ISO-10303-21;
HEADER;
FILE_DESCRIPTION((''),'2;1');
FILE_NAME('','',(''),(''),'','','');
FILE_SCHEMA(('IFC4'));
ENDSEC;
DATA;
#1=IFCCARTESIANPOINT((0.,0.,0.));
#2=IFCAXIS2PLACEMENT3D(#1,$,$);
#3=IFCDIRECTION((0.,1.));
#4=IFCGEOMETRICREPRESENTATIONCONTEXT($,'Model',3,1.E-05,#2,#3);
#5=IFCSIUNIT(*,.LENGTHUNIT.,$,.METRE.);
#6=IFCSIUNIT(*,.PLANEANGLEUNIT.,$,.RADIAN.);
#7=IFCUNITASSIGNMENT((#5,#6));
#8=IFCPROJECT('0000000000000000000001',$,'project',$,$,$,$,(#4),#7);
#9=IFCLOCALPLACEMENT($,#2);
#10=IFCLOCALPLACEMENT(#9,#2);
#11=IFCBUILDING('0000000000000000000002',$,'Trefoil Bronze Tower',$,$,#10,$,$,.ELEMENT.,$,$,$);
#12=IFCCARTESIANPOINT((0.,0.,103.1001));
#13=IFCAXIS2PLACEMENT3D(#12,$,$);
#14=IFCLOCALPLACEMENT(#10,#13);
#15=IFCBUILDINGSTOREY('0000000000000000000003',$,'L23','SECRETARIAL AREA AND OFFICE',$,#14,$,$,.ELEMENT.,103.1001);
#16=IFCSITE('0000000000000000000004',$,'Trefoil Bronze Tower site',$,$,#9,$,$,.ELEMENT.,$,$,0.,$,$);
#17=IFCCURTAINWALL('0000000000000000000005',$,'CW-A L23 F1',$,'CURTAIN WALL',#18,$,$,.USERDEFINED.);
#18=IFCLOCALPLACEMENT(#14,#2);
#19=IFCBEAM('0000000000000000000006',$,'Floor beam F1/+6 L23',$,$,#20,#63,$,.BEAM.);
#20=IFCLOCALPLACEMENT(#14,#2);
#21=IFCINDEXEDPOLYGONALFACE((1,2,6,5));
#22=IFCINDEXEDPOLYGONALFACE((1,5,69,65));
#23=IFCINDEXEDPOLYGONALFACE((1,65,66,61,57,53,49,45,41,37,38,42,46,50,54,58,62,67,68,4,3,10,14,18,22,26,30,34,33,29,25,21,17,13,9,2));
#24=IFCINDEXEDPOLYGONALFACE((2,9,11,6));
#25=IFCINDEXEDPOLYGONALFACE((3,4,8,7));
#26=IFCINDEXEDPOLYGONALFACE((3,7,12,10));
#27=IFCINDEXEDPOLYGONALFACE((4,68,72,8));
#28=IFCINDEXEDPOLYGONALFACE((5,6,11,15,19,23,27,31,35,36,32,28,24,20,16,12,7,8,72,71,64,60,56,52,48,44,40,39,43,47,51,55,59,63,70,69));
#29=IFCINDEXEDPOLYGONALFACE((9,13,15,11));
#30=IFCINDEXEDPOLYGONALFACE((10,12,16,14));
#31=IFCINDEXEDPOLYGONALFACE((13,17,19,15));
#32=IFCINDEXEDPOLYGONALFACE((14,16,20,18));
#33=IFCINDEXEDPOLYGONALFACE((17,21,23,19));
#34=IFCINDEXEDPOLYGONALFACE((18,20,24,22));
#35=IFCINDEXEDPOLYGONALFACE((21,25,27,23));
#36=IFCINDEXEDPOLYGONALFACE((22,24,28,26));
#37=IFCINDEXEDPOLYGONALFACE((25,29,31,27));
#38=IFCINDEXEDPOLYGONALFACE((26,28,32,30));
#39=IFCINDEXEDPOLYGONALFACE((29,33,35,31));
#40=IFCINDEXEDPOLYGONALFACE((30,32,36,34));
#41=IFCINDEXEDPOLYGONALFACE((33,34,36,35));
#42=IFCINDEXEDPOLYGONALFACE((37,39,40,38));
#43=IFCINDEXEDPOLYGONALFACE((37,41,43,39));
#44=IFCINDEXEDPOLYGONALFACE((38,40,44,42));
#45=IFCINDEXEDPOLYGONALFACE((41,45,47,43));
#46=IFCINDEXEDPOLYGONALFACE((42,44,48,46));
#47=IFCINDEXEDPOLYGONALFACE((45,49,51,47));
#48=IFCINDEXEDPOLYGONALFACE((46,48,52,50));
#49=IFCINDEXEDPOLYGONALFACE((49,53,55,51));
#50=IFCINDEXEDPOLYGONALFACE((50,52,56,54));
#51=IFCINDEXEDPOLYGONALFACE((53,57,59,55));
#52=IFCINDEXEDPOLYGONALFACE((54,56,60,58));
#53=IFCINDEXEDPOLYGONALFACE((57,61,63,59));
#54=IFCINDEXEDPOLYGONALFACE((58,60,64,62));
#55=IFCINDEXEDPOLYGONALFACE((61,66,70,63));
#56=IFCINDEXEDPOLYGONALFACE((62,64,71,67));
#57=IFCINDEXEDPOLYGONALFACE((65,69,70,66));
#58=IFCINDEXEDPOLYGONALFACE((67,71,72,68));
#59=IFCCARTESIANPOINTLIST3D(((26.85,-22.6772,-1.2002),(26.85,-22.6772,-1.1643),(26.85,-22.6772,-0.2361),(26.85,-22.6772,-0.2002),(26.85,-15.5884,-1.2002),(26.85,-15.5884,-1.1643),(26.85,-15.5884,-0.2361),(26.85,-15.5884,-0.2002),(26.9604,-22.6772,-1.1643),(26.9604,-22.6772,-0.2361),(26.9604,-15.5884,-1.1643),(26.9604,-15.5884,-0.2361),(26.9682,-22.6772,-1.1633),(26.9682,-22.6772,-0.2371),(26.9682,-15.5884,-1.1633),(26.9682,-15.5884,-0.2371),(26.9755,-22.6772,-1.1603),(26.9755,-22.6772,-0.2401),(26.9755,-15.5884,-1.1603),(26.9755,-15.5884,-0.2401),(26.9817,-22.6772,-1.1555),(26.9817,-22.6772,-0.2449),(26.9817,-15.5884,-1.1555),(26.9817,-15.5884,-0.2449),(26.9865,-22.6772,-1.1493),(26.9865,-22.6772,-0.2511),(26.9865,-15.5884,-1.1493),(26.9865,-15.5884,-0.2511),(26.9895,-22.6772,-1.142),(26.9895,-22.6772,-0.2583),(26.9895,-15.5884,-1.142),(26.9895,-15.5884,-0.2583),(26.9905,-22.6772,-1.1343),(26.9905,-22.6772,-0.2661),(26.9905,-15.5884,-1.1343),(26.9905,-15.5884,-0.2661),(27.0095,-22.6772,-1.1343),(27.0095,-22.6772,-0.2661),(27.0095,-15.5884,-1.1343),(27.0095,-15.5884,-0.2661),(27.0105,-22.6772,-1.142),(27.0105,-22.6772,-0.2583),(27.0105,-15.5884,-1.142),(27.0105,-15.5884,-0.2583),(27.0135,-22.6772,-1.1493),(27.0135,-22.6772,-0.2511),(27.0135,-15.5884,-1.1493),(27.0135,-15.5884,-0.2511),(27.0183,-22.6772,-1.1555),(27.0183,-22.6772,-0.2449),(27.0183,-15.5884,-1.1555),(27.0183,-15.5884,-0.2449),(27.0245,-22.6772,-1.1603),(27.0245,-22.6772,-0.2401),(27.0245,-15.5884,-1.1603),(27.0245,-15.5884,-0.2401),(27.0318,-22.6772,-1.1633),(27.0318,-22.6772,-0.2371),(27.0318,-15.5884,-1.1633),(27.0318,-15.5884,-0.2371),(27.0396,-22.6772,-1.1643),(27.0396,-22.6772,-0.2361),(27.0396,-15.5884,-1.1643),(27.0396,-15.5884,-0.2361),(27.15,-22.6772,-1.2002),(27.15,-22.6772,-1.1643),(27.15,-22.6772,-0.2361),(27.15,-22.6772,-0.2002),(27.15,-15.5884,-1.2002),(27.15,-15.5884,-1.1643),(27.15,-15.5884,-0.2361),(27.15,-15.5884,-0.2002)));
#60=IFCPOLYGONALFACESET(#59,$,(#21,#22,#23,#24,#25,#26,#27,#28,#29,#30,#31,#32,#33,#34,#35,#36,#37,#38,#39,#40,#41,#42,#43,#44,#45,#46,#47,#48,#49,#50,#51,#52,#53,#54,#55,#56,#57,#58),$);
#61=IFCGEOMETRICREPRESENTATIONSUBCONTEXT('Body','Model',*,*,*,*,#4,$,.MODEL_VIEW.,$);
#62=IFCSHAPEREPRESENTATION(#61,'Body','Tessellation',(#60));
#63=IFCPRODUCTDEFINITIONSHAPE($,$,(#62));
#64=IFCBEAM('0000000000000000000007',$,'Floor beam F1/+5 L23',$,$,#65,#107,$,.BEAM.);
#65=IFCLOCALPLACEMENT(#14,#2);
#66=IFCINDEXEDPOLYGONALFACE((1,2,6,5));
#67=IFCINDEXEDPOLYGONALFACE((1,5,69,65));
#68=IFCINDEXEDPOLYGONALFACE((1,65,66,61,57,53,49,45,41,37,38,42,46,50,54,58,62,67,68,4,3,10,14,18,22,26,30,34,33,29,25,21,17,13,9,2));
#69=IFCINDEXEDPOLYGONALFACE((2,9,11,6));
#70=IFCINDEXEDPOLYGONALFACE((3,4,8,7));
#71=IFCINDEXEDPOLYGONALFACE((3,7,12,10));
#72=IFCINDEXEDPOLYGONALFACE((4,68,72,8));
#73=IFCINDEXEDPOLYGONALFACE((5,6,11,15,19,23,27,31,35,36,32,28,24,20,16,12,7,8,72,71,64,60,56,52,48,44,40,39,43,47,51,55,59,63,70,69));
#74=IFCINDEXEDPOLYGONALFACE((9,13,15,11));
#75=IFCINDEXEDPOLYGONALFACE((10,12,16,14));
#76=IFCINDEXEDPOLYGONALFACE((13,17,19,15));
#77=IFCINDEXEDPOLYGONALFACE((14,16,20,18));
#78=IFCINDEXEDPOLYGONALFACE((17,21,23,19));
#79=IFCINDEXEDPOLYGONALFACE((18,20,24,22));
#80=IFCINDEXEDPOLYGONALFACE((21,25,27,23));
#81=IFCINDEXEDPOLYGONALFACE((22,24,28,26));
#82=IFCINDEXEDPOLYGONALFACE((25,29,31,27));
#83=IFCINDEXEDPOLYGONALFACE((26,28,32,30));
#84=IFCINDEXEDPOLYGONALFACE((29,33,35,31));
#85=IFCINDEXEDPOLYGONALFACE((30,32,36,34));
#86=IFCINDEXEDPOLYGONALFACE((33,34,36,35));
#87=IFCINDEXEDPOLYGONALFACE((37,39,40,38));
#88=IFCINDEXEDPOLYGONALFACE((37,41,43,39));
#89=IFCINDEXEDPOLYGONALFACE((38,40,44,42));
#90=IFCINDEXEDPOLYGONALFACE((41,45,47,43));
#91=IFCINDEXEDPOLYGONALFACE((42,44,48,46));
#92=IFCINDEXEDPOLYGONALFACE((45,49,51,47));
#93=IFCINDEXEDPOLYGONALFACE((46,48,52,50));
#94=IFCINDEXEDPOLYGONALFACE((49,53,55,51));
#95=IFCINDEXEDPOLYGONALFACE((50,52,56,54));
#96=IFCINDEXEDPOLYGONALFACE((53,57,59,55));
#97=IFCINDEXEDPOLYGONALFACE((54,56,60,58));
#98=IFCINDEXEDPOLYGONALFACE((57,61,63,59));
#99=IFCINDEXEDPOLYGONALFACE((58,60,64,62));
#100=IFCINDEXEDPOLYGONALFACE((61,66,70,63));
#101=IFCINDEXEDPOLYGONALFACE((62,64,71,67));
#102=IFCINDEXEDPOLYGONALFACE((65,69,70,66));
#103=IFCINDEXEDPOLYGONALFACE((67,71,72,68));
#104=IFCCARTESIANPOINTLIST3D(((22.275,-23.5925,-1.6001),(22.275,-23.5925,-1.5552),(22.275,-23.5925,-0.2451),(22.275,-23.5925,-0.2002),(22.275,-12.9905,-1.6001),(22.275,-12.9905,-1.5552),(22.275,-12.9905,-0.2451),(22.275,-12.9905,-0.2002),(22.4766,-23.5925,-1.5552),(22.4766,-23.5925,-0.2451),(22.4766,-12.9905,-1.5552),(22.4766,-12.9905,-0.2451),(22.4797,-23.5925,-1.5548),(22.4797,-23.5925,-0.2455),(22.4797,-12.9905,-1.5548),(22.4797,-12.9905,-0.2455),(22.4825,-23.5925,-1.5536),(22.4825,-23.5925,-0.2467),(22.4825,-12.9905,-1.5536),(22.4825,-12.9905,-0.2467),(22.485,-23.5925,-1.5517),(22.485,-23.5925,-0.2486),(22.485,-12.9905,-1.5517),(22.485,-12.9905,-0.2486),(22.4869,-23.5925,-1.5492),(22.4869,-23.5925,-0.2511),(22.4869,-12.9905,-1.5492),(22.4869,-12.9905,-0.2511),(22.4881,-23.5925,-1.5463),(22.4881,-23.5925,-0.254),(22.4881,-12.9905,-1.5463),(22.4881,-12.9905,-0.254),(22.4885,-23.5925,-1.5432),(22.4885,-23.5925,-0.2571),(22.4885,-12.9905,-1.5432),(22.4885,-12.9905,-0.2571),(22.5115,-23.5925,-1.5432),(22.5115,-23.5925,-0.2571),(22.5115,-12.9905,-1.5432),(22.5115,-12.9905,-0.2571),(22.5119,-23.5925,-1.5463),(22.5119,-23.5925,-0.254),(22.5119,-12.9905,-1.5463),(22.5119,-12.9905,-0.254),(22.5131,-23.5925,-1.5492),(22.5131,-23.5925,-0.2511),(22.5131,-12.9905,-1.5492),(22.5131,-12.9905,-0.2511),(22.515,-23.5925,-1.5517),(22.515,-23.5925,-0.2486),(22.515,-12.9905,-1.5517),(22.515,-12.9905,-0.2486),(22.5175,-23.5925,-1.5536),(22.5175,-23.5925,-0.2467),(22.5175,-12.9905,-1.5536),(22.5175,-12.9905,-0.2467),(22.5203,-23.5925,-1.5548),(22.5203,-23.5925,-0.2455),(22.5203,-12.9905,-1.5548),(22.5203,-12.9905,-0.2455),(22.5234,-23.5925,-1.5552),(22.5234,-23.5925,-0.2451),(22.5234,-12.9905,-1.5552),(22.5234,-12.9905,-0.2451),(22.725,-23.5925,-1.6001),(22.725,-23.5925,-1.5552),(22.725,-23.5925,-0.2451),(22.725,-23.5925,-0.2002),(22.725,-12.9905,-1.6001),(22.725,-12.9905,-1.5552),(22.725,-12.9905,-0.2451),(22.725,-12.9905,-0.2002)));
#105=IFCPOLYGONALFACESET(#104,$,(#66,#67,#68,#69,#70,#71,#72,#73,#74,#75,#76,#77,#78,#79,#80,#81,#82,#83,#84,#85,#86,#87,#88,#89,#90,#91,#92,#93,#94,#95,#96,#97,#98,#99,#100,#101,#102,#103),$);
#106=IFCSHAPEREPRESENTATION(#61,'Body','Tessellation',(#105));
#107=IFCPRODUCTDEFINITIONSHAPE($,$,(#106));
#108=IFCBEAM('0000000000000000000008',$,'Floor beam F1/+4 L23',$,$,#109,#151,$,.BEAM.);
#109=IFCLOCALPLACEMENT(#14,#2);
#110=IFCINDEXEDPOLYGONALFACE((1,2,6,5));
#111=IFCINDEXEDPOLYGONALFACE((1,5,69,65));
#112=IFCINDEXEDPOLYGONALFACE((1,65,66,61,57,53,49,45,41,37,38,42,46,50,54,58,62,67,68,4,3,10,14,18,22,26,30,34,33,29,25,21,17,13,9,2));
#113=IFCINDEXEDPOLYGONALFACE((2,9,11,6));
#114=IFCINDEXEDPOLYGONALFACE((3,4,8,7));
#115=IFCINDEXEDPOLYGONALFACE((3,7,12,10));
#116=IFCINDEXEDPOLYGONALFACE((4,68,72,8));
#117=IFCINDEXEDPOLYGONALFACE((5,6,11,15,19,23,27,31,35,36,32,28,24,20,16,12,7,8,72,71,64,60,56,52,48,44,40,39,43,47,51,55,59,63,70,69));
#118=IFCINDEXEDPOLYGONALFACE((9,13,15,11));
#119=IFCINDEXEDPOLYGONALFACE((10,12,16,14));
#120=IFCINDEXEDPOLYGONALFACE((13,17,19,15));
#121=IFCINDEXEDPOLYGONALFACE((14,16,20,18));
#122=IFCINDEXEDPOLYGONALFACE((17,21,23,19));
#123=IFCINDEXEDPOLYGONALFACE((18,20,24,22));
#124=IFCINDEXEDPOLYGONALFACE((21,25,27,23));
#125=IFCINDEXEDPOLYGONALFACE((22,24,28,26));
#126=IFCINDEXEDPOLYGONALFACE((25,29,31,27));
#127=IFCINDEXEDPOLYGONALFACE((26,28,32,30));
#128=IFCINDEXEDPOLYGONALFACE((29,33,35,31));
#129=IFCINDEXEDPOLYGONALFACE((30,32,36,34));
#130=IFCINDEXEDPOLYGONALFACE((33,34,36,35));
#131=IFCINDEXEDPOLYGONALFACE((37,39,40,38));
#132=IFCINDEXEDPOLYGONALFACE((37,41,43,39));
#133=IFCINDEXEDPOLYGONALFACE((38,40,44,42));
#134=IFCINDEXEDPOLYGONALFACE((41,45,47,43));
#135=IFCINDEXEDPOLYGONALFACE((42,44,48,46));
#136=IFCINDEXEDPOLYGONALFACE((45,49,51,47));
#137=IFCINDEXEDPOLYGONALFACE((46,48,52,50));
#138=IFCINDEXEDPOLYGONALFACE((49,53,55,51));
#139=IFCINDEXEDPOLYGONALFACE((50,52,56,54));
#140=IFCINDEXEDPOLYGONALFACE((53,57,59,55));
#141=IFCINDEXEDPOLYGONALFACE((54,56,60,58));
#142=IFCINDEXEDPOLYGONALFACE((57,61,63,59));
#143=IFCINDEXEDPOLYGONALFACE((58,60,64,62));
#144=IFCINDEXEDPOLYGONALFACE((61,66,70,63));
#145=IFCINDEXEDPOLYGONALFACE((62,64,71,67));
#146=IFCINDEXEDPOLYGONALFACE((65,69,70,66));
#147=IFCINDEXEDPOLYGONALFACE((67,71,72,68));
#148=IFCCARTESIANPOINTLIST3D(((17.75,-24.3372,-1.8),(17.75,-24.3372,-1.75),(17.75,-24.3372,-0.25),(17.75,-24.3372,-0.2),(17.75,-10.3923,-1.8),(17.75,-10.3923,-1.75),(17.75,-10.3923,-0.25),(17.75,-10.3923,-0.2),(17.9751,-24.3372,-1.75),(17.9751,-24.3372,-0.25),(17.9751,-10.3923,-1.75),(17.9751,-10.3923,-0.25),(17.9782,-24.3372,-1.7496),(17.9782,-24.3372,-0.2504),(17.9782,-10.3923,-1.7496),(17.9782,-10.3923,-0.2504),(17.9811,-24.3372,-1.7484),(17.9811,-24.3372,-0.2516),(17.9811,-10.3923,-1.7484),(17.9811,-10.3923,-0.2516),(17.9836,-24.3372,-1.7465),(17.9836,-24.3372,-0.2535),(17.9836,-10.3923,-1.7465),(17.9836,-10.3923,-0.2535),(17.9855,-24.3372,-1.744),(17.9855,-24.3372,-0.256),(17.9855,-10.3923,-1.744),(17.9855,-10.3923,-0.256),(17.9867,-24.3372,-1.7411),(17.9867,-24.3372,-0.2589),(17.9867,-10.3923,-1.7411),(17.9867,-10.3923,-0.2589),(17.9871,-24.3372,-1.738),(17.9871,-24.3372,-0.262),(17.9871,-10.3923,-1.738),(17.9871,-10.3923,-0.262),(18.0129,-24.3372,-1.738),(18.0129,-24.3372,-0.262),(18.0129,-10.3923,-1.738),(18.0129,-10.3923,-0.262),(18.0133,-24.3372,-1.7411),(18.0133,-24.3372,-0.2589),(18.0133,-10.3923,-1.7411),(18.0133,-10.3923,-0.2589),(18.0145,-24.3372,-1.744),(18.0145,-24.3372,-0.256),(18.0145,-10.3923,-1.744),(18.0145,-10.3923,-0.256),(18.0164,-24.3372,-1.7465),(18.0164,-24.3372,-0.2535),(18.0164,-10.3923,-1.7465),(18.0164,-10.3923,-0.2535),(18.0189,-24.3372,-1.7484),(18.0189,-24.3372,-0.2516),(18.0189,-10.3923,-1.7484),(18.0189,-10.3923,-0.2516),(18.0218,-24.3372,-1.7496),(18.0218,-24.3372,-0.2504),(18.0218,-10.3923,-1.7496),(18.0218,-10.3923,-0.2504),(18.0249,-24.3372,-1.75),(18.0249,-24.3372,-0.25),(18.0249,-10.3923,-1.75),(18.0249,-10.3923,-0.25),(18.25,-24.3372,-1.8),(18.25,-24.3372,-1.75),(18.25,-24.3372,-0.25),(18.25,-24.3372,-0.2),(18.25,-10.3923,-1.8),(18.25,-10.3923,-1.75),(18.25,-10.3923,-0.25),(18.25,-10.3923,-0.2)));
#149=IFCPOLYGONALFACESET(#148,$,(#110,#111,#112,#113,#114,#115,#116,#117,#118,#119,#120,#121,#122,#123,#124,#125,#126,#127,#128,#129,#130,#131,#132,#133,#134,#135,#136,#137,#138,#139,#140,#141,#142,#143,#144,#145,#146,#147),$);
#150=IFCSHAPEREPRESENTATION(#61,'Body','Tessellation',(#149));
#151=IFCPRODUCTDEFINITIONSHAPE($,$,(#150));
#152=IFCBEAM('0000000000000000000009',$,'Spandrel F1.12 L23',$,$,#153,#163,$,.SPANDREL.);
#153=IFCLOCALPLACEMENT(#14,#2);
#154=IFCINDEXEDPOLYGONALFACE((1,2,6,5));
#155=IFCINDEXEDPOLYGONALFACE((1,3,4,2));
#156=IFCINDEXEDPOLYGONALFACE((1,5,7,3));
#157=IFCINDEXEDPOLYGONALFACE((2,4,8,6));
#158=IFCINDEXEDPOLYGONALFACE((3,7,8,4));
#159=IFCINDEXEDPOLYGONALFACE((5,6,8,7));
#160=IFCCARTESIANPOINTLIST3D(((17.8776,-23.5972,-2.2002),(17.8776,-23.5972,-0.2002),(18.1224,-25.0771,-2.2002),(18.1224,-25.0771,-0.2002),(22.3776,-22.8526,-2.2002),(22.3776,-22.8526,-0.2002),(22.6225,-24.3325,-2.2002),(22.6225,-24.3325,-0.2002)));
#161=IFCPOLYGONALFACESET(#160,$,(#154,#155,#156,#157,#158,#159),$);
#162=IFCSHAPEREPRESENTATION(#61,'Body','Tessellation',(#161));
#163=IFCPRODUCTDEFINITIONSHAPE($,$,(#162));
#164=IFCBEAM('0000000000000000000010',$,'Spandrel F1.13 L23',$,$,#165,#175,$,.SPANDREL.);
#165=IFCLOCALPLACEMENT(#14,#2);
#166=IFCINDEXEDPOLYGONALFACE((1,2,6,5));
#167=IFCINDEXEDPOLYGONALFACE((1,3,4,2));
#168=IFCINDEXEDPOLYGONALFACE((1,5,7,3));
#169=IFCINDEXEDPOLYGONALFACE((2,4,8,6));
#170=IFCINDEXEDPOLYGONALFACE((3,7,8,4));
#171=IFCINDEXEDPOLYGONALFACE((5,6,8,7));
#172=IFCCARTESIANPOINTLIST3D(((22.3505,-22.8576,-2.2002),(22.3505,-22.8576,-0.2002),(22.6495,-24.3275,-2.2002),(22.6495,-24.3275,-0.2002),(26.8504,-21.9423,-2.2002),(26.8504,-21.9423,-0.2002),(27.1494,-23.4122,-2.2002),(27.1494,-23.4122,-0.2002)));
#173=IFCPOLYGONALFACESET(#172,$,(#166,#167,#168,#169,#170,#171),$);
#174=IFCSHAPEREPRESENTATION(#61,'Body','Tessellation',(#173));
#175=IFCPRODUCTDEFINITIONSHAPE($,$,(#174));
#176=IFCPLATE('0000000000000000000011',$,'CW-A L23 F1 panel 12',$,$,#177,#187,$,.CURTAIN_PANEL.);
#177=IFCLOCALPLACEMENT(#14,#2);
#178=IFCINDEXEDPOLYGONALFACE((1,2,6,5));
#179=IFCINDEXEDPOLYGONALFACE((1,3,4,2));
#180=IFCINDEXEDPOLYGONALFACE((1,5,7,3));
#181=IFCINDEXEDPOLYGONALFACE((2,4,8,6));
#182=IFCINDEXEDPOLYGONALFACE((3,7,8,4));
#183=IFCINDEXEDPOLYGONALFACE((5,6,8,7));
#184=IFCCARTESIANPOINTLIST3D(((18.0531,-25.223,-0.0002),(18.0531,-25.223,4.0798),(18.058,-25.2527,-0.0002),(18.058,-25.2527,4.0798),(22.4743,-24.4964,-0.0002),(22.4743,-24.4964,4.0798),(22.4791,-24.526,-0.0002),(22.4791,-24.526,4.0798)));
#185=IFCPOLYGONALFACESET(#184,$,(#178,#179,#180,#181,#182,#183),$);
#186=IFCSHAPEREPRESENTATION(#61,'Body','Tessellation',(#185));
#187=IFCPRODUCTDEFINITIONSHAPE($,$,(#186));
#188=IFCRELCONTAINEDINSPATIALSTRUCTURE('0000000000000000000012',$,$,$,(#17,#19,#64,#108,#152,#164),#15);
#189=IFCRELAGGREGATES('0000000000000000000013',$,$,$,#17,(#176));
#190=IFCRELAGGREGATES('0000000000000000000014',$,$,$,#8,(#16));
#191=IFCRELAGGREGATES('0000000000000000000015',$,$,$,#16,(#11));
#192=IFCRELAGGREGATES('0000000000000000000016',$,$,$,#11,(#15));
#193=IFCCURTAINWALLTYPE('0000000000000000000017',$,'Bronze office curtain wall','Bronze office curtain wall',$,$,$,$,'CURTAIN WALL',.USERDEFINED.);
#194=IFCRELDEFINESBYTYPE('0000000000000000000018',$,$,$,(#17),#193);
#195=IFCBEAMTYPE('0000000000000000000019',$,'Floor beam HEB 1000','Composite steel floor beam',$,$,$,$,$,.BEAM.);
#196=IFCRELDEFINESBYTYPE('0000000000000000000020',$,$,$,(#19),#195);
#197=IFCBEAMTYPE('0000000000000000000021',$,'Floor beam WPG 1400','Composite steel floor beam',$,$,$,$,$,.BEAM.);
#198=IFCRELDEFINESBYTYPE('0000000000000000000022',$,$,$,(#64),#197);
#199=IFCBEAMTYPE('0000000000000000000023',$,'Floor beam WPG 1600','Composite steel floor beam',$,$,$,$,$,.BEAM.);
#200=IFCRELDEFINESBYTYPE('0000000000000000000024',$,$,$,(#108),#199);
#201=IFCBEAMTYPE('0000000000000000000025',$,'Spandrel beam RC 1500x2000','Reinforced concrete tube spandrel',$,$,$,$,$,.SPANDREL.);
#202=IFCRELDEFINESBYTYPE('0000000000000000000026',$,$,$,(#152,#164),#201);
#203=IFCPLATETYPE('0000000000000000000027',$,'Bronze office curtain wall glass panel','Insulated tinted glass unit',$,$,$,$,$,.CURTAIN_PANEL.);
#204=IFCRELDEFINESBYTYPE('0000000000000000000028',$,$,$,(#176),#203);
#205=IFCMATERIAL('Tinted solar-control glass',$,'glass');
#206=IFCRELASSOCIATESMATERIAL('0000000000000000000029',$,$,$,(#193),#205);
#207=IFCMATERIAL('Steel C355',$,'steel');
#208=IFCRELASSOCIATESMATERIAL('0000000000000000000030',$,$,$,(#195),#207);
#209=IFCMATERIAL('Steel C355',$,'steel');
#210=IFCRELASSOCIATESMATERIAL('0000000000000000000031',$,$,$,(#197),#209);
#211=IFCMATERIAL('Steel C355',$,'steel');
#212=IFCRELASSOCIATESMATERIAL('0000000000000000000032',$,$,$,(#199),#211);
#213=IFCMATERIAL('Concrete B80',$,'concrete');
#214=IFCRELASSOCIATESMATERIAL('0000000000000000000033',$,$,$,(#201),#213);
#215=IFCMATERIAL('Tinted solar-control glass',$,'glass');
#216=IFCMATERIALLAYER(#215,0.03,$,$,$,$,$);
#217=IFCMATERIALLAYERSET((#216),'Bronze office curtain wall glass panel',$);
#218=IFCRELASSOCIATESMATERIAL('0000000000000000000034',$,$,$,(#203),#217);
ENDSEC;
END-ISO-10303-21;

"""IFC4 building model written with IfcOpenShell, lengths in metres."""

from ifc_helpers import new_model, si_unit, direction, frame, origin, origin_2d, place, context, subcontext, project, spatial, rectangle, i_section, extrude, material, layer, layer_set, material_profile, profile_set, type_object, element, aggregate, save


model = new_model("IFC4")

# Units and contexts
model_context = context("Model", 3, precision=1e-05, world=origin(), true_north=direction((0.0, 1.0)))
body_context = subcontext(model_context, "Body", "Model", "MODEL_VIEW")
ifc_project = project(units=[si_unit("LENGTHUNIT", "METRE"), si_unit("PLANEANGLEUNIT", "RADIAN")], contexts=[model_context])

# Site, building, storey
site_placement = place(None, origin())
site = spatial("IfcSite", under=ifc_project, at=site_placement, Name="Trefoil Bronze Tower site", CompositionType="ELEMENT", RefElevation=0.0)
building_placement = place(site_placement, origin())
building = spatial("IfcBuilding", under=site, at=building_placement, Name="Trefoil Bronze Tower", CompositionType="ELEMENT")
storey_placement = place(building_placement, frame((0.0, 0.0, 103.1001)))
storey = spatial("IfcBuildingStorey", under=building, at=storey_placement, Name="L23", Description="SECRETARIAL AREA AND OFFICE", CompositionType="ELEMENT", Elevation=103.1001)

# Curtain wall
ifc_material_1 = material(Name="Tinted solar-control glass", Category="glass")
curtain_wall_type_1 = type_object("IfcCurtainWallType", Name="Bronze office curtain wall", Description="Bronze office curtain wall", ElementType="CURTAIN WALL", PredefinedType="USERDEFINED", material=ifc_material_1)
curtain_wall_1_placement = place(storey_placement, origin())
curtain_wall_1 = element("IfcCurtainWall", 1, at=curtain_wall_1_placement, inside=storey, type_object=curtain_wall_type_1, Name="CW-A L23 F1", ObjectType="CURTAIN WALL", PredefinedType="USERDEFINED")

# Beams
ifc_material_2 = material(Name="Steel C355", Category="steel")
ifc_material_profile_1 = material_profile(ifc_material_2, i_section(OverallWidth=0.3, OverallDepth=1.0, WebThickness=0.019, FlangeThickness=0.0359, FilletRadius=0.03, at=origin_2d()), Name="HEB 1000")
ifc_profile_set_1 = profile_set([ifc_material_profile_1], Name="Steel C355")
beam_type_1 = type_object("IfcBeamType", Name="Floor beam HEB 1000", Description="Composite steel floor beam", PredefinedType="BEAM", material=ifc_profile_set_1)
beam_1_placement = place(storey_placement, frame((27.0, -22.6772, -0.7002), z_axis=(0.0, 1.0, 0.0), x_axis=(-1.0, 0.0, 0.0)))
element("IfcBeam", 2, at=beam_1_placement, inside=storey, type_object=beam_type_1, Name="Floor beam F1/+6 L23", PredefinedType="BEAM", context=body_context, shape_type="SweptSolid", body=[
    extrude(i_section(OverallWidth=0.3, OverallDepth=1.0, WebThickness=0.019, FlangeThickness=0.0359, FilletRadius=0.03, at=origin_2d()), origin(), (0.0, 0.0, 1.0), 7.0889),
])
ifc_material_3 = material(Name="Steel C355", Category="steel")
ifc_material_profile_2 = material_profile(ifc_material_3, i_section(OverallWidth=0.45, OverallDepth=1.3999, WebThickness=0.0229, FlangeThickness=0.0449, FilletRadius=0.012, at=origin_2d()), Name="WPG 1400")
ifc_profile_set_2 = profile_set([ifc_material_profile_2], Name="Steel C355")
beam_type_2 = type_object("IfcBeamType", Name="Floor beam WPG 1400", Description="Composite steel floor beam", PredefinedType="BEAM", material=ifc_profile_set_2)
beam_2_placement = place(storey_placement, frame((22.5, -23.5925, -0.9001), z_axis=(0.0, 1.0, 0.0), x_axis=(-1.0, 0.0, 0.0)))
element("IfcBeam", 3, at=beam_2_placement, inside=storey, type_object=beam_type_2, Name="Floor beam F1/+5 L23", PredefinedType="BEAM", context=body_context, shape_type="SweptSolid", body=[
    extrude(i_section(OverallWidth=0.45, OverallDepth=1.3999, WebThickness=0.0229, FlangeThickness=0.0449, FilletRadius=0.012, at=origin_2d()), origin(), (0.0, 0.0, 1.0), 10.6021),
])
ifc_material_4 = material(Name="Steel C355", Category="steel")
ifc_material_profile_3 = material_profile(ifc_material_4, i_section(OverallWidth=0.5, OverallDepth=1.6001, WebThickness=0.0259, FlangeThickness=0.05, FilletRadius=0.012, at=origin_2d()), Name="WPG 1600")
ifc_profile_set_3 = profile_set([ifc_material_profile_3], Name="Steel C355")
beam_type_3 = type_object("IfcBeamType", Name="Floor beam WPG 1600", Description="Composite steel floor beam", PredefinedType="BEAM", material=ifc_profile_set_3)
beam_3_placement = place(storey_placement, frame((18.0, -24.3372, -1.0), z_axis=(0.0, 1.0, 0.0), x_axis=(-1.0, 0.0, 0.0)))
element("IfcBeam", 4, at=beam_3_placement, inside=storey, type_object=beam_type_3, Name="Floor beam F1/+4 L23", PredefinedType="BEAM", context=body_context, shape_type="SweptSolid", body=[
    extrude(i_section(OverallWidth=0.5, OverallDepth=1.6001, WebThickness=0.0259, FlangeThickness=0.05, FilletRadius=0.012, at=origin_2d()), origin(), (0.0, 0.0, 1.0), 13.9448),
])
ifc_material_5 = material(Name="Concrete B80", Category="concrete")
ifc_material_profile_4 = material_profile(ifc_material_5, rectangle(XDim=1.5, YDim=2.0, at=origin_2d()), Name="RC 1500x2000")
ifc_profile_set_4 = profile_set([ifc_material_profile_4], Name="Concrete B80")
beam_type_4 = type_object("IfcBeamType", Name="Spandrel beam RC 1500x2000", Description="Reinforced concrete tube spandrel", PredefinedType="SPANDREL", material=ifc_profile_set_4)
beam_4_placement = place(storey_placement, frame((18.0, -24.3372, -1.2002), z_axis=(0.986584, 0.163253, 0.0), x_axis=(-0.163253, 0.986584, 0.0)))
element("IfcBeam", 5, at=beam_4_placement, inside=storey, type_object=beam_type_4, Name="Spandrel F1.12 L23", PredefinedType="SPANDREL", context=body_context, shape_type="SweptSolid", body=[
    extrude(rectangle(XDim=1.5, YDim=2.0, at=origin_2d()), origin(), (0.0, 0.0, 1.0), 4.5613),
])
beam_5_placement = place(storey_placement, frame((22.5, -23.5925, -1.2002), z_axis=(0.979935, 0.199315, 0.0), x_axis=(-0.199315, 0.979935, 0.0)))
element("IfcBeam", 6, at=beam_5_placement, inside=storey, type_object=beam_type_4, Name="Spandrel F1.13 L23", PredefinedType="SPANDREL", context=body_context, shape_type="SweptSolid", body=[
    extrude(rectangle(XDim=1.5, YDim=2.0, at=origin_2d()), origin(), (0.0, 0.0, 1.0), 4.592),
])

# Plate
ifc_material_6 = material(Name="Tinted solar-control glass", Category="glass")
ifc_layer_1 = layer(ifc_material_6, 0.03)
ifc_layer_set_1 = layer_set([ifc_layer_1], Name="Bronze office curtain wall glass panel")
plate_type_1 = type_object("IfcPlateType", Name="Bronze office curtain wall glass panel", Description="Insulated tinted glass unit", PredefinedType="CURTAIN_PANEL", material=ifc_layer_set_1)
plate_1_placement = place(storey_placement, frame((20.2661, -24.8745, -0.0002), z_axis=(0.0, 0.0, 1.0), x_axis=(0.98676, 0.162189, 0.0)))
plate_1 = element("IfcPlate", 7, at=plate_1_placement, type_object=plate_type_1, Name="CW-A L23 F1 panel 12", PredefinedType="CURTAIN_PANEL", context=body_context, shape_type="SweptSolid", body=[
    extrude(rectangle(XDim=4.4805, YDim=0.03, at=origin_2d()), origin(), (0.0, 0.0, 1.0), 4.0801),
])
aggregate(curtain_wall_1, [plate_1])

save(model, "model.ifc")
